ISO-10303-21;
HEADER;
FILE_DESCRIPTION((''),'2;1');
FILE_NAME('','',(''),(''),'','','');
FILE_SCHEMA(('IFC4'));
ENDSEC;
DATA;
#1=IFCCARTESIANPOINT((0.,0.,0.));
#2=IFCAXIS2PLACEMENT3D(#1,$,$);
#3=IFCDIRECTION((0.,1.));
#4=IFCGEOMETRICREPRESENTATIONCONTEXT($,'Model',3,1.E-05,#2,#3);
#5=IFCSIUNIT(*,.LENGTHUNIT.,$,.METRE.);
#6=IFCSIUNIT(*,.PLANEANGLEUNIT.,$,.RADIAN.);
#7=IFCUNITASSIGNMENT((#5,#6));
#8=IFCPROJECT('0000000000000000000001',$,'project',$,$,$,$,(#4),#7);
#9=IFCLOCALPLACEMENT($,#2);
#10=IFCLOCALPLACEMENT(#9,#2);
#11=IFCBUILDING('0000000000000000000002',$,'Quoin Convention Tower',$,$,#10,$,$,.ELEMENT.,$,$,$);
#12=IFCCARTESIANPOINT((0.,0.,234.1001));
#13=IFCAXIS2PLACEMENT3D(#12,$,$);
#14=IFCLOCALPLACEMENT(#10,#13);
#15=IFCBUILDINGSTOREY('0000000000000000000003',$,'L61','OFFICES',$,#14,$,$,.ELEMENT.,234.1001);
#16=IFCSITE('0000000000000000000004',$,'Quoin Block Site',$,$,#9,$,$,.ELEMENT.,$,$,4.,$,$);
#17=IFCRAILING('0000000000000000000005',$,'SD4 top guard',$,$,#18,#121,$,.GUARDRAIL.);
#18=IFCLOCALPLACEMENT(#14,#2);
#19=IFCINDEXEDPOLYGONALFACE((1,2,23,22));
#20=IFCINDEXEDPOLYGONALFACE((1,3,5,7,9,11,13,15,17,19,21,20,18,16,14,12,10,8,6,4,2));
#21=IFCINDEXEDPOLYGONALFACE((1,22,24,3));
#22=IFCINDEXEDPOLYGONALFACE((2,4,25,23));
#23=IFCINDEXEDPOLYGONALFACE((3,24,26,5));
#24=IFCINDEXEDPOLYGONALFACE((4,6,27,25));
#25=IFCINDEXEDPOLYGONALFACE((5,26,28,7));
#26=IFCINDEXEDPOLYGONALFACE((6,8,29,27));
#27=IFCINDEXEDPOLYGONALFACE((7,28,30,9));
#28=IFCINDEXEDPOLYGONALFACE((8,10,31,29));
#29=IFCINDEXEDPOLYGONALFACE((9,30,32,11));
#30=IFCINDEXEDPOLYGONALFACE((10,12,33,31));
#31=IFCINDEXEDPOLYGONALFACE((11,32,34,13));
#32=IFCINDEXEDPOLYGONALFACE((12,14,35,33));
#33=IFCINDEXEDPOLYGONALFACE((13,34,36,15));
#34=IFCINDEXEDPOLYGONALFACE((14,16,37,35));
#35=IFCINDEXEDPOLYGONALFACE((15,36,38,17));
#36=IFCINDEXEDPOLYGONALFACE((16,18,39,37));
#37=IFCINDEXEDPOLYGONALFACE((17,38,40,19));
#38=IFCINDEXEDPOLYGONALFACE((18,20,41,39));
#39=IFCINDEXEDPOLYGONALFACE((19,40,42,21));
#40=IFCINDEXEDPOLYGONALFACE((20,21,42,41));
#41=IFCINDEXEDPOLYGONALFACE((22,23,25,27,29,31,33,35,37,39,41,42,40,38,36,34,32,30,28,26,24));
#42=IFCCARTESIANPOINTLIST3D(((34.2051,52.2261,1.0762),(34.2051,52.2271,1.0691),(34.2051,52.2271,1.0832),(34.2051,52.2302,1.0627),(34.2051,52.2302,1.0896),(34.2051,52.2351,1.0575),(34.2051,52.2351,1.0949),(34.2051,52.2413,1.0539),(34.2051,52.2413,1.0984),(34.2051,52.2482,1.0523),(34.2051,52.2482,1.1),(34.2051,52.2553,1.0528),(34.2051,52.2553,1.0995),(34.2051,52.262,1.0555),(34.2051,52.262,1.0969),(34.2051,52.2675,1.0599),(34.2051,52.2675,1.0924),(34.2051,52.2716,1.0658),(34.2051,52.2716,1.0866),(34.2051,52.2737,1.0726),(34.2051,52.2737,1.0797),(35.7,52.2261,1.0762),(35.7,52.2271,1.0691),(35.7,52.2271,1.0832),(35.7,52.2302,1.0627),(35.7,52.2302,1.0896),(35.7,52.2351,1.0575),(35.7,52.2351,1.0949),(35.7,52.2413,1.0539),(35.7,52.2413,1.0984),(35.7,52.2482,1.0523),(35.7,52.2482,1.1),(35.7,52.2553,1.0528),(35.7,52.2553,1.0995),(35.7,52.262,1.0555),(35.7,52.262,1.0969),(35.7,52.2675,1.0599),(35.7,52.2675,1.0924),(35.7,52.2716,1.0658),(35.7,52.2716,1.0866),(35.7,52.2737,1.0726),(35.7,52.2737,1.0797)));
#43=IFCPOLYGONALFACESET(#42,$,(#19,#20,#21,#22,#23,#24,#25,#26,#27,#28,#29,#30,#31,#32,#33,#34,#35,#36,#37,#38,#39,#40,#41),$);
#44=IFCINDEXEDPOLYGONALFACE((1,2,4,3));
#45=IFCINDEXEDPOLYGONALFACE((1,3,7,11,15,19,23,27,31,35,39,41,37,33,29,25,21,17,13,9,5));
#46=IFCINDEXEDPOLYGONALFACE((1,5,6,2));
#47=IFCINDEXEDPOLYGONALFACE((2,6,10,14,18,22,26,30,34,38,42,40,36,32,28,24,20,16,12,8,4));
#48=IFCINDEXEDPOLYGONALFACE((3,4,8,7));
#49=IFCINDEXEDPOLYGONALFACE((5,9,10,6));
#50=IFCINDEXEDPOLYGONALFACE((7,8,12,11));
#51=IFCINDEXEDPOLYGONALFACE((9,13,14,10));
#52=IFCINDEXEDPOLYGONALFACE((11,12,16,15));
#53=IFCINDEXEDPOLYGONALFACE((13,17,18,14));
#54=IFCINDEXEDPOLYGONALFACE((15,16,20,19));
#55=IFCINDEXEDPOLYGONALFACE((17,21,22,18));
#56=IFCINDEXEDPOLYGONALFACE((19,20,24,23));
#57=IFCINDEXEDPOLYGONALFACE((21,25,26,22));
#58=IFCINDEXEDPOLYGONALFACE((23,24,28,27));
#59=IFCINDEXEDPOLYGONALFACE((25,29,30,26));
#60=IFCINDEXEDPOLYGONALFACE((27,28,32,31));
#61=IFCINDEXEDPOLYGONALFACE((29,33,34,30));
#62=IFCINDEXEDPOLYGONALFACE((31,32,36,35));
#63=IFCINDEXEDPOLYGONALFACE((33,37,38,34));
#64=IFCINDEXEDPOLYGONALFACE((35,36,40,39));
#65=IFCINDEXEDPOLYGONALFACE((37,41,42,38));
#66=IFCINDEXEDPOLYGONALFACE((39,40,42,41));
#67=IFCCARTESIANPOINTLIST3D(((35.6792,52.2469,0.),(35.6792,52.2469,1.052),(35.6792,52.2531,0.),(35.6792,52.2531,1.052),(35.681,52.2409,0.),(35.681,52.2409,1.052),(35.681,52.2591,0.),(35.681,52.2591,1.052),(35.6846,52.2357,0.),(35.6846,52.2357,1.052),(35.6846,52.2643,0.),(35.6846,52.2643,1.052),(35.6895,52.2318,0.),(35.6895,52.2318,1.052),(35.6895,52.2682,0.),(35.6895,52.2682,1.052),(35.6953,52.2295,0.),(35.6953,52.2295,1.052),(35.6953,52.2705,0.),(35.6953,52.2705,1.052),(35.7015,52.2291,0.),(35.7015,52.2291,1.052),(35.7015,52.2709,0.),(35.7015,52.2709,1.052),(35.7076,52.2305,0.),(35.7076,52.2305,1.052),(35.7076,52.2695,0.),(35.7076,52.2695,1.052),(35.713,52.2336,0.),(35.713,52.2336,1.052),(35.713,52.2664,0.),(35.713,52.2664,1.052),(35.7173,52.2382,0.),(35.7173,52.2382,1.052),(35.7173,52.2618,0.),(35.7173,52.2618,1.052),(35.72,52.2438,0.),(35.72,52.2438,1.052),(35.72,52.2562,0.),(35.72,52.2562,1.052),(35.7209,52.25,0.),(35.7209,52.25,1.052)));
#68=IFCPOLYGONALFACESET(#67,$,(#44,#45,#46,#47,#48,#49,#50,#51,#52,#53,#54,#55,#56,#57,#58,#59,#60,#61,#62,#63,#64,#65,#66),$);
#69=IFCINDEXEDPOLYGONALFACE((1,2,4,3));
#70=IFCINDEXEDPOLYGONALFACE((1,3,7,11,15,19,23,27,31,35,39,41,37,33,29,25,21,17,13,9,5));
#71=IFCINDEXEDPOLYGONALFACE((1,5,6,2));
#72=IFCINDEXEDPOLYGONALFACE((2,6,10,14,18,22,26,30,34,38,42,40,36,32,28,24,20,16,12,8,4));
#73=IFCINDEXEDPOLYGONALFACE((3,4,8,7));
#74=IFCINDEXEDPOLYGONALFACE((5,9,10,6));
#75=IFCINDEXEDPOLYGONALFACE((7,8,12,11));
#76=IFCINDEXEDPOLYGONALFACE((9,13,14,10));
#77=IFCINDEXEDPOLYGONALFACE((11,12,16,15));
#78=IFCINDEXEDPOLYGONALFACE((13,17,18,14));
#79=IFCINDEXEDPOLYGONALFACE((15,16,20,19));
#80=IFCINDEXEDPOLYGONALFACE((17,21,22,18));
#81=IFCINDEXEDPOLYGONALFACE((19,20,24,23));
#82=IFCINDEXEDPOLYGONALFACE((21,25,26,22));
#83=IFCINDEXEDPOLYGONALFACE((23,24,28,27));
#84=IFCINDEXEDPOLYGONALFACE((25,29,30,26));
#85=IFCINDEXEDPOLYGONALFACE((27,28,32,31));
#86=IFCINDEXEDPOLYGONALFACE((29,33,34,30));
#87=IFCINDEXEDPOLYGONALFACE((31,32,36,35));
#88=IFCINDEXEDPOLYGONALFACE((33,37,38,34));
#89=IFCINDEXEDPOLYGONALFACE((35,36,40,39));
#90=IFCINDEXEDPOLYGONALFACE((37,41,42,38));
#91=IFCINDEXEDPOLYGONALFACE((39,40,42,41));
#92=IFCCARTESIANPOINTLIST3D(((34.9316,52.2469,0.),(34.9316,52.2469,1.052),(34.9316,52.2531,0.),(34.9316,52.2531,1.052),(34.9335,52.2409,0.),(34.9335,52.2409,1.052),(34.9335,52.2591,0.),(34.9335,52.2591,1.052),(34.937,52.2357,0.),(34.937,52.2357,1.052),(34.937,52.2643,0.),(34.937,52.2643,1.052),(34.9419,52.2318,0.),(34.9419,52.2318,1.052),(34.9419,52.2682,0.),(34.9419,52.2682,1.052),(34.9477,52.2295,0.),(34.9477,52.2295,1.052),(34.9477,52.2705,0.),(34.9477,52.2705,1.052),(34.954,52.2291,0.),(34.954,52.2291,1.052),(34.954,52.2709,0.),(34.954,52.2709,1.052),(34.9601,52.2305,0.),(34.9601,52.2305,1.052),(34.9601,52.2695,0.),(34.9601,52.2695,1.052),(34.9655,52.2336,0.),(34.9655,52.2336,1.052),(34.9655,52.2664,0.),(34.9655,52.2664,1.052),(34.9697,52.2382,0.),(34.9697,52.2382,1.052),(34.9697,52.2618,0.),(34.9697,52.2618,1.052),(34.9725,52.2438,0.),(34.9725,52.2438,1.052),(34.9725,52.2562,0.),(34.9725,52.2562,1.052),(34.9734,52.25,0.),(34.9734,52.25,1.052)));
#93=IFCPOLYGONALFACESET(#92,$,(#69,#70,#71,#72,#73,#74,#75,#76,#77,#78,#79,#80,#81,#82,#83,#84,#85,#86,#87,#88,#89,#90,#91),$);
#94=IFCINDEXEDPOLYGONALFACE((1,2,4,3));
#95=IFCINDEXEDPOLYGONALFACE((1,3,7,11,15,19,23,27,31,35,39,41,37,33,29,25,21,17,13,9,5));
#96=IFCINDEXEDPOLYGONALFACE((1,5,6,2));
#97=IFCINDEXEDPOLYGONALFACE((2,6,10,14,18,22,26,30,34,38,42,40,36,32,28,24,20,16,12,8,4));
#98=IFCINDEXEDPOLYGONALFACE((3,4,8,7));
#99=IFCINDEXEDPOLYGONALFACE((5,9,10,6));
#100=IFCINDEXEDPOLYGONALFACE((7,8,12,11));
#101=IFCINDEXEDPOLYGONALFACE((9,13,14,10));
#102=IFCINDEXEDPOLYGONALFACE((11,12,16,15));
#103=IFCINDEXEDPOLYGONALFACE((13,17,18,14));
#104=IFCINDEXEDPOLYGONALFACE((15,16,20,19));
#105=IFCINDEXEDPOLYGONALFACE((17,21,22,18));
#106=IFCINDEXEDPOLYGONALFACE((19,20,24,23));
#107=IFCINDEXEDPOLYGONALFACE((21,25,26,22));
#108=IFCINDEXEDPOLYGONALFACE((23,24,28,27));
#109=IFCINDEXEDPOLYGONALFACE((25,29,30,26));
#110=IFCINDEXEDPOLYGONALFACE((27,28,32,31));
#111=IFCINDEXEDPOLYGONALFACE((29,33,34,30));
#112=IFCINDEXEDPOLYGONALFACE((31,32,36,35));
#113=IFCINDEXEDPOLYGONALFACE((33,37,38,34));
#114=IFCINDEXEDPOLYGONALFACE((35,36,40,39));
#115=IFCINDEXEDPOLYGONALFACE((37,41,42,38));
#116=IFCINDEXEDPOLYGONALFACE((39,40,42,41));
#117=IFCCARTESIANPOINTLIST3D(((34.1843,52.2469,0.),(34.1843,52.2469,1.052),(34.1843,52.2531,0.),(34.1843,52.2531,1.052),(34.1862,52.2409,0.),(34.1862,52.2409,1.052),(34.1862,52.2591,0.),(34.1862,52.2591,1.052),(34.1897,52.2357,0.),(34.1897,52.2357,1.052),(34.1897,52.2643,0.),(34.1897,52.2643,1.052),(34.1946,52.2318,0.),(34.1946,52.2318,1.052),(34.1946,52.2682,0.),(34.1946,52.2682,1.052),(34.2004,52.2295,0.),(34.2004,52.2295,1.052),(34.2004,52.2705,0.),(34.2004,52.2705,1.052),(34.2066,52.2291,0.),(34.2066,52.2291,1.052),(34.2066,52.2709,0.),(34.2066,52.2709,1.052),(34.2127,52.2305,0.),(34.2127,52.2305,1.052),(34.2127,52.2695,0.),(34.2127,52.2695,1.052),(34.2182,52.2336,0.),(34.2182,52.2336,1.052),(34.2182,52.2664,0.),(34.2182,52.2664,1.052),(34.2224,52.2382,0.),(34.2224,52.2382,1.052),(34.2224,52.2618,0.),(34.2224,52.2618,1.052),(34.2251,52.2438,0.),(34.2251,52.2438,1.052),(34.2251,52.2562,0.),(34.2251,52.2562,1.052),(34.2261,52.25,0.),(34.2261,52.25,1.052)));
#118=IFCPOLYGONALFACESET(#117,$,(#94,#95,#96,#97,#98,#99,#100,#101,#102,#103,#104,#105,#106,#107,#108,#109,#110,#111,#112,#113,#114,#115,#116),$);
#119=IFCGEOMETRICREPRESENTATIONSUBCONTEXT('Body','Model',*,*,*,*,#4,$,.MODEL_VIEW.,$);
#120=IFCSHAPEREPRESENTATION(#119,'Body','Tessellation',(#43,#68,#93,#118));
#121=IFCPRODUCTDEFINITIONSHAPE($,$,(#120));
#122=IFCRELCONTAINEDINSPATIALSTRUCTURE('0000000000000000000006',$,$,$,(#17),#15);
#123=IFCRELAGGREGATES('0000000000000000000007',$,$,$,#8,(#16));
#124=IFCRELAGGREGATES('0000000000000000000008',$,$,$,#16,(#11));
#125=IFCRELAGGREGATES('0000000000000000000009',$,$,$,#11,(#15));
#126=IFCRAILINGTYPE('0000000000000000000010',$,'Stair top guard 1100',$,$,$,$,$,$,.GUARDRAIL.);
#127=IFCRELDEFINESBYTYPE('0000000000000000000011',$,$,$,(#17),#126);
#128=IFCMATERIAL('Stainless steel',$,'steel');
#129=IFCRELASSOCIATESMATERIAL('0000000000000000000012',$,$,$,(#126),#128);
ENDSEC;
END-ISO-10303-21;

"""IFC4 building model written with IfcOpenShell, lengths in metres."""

from ifc_helpers import new_model, si_unit, direction, frame, origin, origin_2d, place, context, subcontext, project, spatial, circle, extrude, material, type_object, element, save


model = new_model("IFC4")

# Units and contexts
model_context = context("Model", 3, precision=1e-05, world=origin(), true_north=direction((0.0, 1.0)))
body_context = subcontext(model_context, "Body", "Model", "MODEL_VIEW")
ifc_project = project(units=[si_unit("LENGTHUNIT", "METRE"), si_unit("PLANEANGLEUNIT", "RADIAN")], contexts=[model_context])

# Site, building, storey
site_placement = place(None, origin())
site = spatial("IfcSite", under=ifc_project, at=site_placement, Name="Quoin Block Site", CompositionType="ELEMENT", RefElevation=4.0)
building_placement = place(site_placement, origin())
building = spatial("IfcBuilding", under=site, at=building_placement, Name="Quoin Convention Tower", CompositionType="ELEMENT")
storey_placement = place(building_placement, frame((0.0, 0.0, 234.1001)))
storey = spatial("IfcBuildingStorey", under=building, at=storey_placement, Name="L61", Description="OFFICES", CompositionType="ELEMENT", Elevation=234.1001)

# Railing
ifc_material_1 = material(Name="Stainless steel", Category="steel")
railing_type_1 = type_object("IfcRailingType", Name="Stair top guard 1100", PredefinedType="GUARDRAIL", material=ifc_material_1)
railing_1_placement = place(storey_placement, frame((35.7, 52.25, 0.0)))
element("IfcRailing", 1, at=railing_1_placement, inside=storey, type_object=railing_type_1, Name="SD4 top guard", PredefinedType="GUARDRAIL", context=body_context, shape_type="SweptSolid", body=[
    extrude(circle(Radius=0.0239, at=origin_2d()), frame((0.0, 0.0, 1.0762), z_axis=(-1.0, 0.0, 0.0), x_axis=(0.0, -1.0, 0.0)), (0.0, 0.0, 1.0), 1.4949),
    extrude(circle(Radius=0.021, at=origin_2d()), origin(), (0.0, 0.0, 1.0), 1.052),
    extrude(circle(Radius=0.021, at=origin_2d()), frame((-0.7476, 0.0, 0.0)), (0.0, 0.0, 1.0), 1.052),
    extrude(circle(Radius=0.021, at=origin_2d()), frame((-1.4949, 0.0, 0.0)), (0.0, 0.0, 1.0), 1.052),
])

save(model, "model.ifc")
